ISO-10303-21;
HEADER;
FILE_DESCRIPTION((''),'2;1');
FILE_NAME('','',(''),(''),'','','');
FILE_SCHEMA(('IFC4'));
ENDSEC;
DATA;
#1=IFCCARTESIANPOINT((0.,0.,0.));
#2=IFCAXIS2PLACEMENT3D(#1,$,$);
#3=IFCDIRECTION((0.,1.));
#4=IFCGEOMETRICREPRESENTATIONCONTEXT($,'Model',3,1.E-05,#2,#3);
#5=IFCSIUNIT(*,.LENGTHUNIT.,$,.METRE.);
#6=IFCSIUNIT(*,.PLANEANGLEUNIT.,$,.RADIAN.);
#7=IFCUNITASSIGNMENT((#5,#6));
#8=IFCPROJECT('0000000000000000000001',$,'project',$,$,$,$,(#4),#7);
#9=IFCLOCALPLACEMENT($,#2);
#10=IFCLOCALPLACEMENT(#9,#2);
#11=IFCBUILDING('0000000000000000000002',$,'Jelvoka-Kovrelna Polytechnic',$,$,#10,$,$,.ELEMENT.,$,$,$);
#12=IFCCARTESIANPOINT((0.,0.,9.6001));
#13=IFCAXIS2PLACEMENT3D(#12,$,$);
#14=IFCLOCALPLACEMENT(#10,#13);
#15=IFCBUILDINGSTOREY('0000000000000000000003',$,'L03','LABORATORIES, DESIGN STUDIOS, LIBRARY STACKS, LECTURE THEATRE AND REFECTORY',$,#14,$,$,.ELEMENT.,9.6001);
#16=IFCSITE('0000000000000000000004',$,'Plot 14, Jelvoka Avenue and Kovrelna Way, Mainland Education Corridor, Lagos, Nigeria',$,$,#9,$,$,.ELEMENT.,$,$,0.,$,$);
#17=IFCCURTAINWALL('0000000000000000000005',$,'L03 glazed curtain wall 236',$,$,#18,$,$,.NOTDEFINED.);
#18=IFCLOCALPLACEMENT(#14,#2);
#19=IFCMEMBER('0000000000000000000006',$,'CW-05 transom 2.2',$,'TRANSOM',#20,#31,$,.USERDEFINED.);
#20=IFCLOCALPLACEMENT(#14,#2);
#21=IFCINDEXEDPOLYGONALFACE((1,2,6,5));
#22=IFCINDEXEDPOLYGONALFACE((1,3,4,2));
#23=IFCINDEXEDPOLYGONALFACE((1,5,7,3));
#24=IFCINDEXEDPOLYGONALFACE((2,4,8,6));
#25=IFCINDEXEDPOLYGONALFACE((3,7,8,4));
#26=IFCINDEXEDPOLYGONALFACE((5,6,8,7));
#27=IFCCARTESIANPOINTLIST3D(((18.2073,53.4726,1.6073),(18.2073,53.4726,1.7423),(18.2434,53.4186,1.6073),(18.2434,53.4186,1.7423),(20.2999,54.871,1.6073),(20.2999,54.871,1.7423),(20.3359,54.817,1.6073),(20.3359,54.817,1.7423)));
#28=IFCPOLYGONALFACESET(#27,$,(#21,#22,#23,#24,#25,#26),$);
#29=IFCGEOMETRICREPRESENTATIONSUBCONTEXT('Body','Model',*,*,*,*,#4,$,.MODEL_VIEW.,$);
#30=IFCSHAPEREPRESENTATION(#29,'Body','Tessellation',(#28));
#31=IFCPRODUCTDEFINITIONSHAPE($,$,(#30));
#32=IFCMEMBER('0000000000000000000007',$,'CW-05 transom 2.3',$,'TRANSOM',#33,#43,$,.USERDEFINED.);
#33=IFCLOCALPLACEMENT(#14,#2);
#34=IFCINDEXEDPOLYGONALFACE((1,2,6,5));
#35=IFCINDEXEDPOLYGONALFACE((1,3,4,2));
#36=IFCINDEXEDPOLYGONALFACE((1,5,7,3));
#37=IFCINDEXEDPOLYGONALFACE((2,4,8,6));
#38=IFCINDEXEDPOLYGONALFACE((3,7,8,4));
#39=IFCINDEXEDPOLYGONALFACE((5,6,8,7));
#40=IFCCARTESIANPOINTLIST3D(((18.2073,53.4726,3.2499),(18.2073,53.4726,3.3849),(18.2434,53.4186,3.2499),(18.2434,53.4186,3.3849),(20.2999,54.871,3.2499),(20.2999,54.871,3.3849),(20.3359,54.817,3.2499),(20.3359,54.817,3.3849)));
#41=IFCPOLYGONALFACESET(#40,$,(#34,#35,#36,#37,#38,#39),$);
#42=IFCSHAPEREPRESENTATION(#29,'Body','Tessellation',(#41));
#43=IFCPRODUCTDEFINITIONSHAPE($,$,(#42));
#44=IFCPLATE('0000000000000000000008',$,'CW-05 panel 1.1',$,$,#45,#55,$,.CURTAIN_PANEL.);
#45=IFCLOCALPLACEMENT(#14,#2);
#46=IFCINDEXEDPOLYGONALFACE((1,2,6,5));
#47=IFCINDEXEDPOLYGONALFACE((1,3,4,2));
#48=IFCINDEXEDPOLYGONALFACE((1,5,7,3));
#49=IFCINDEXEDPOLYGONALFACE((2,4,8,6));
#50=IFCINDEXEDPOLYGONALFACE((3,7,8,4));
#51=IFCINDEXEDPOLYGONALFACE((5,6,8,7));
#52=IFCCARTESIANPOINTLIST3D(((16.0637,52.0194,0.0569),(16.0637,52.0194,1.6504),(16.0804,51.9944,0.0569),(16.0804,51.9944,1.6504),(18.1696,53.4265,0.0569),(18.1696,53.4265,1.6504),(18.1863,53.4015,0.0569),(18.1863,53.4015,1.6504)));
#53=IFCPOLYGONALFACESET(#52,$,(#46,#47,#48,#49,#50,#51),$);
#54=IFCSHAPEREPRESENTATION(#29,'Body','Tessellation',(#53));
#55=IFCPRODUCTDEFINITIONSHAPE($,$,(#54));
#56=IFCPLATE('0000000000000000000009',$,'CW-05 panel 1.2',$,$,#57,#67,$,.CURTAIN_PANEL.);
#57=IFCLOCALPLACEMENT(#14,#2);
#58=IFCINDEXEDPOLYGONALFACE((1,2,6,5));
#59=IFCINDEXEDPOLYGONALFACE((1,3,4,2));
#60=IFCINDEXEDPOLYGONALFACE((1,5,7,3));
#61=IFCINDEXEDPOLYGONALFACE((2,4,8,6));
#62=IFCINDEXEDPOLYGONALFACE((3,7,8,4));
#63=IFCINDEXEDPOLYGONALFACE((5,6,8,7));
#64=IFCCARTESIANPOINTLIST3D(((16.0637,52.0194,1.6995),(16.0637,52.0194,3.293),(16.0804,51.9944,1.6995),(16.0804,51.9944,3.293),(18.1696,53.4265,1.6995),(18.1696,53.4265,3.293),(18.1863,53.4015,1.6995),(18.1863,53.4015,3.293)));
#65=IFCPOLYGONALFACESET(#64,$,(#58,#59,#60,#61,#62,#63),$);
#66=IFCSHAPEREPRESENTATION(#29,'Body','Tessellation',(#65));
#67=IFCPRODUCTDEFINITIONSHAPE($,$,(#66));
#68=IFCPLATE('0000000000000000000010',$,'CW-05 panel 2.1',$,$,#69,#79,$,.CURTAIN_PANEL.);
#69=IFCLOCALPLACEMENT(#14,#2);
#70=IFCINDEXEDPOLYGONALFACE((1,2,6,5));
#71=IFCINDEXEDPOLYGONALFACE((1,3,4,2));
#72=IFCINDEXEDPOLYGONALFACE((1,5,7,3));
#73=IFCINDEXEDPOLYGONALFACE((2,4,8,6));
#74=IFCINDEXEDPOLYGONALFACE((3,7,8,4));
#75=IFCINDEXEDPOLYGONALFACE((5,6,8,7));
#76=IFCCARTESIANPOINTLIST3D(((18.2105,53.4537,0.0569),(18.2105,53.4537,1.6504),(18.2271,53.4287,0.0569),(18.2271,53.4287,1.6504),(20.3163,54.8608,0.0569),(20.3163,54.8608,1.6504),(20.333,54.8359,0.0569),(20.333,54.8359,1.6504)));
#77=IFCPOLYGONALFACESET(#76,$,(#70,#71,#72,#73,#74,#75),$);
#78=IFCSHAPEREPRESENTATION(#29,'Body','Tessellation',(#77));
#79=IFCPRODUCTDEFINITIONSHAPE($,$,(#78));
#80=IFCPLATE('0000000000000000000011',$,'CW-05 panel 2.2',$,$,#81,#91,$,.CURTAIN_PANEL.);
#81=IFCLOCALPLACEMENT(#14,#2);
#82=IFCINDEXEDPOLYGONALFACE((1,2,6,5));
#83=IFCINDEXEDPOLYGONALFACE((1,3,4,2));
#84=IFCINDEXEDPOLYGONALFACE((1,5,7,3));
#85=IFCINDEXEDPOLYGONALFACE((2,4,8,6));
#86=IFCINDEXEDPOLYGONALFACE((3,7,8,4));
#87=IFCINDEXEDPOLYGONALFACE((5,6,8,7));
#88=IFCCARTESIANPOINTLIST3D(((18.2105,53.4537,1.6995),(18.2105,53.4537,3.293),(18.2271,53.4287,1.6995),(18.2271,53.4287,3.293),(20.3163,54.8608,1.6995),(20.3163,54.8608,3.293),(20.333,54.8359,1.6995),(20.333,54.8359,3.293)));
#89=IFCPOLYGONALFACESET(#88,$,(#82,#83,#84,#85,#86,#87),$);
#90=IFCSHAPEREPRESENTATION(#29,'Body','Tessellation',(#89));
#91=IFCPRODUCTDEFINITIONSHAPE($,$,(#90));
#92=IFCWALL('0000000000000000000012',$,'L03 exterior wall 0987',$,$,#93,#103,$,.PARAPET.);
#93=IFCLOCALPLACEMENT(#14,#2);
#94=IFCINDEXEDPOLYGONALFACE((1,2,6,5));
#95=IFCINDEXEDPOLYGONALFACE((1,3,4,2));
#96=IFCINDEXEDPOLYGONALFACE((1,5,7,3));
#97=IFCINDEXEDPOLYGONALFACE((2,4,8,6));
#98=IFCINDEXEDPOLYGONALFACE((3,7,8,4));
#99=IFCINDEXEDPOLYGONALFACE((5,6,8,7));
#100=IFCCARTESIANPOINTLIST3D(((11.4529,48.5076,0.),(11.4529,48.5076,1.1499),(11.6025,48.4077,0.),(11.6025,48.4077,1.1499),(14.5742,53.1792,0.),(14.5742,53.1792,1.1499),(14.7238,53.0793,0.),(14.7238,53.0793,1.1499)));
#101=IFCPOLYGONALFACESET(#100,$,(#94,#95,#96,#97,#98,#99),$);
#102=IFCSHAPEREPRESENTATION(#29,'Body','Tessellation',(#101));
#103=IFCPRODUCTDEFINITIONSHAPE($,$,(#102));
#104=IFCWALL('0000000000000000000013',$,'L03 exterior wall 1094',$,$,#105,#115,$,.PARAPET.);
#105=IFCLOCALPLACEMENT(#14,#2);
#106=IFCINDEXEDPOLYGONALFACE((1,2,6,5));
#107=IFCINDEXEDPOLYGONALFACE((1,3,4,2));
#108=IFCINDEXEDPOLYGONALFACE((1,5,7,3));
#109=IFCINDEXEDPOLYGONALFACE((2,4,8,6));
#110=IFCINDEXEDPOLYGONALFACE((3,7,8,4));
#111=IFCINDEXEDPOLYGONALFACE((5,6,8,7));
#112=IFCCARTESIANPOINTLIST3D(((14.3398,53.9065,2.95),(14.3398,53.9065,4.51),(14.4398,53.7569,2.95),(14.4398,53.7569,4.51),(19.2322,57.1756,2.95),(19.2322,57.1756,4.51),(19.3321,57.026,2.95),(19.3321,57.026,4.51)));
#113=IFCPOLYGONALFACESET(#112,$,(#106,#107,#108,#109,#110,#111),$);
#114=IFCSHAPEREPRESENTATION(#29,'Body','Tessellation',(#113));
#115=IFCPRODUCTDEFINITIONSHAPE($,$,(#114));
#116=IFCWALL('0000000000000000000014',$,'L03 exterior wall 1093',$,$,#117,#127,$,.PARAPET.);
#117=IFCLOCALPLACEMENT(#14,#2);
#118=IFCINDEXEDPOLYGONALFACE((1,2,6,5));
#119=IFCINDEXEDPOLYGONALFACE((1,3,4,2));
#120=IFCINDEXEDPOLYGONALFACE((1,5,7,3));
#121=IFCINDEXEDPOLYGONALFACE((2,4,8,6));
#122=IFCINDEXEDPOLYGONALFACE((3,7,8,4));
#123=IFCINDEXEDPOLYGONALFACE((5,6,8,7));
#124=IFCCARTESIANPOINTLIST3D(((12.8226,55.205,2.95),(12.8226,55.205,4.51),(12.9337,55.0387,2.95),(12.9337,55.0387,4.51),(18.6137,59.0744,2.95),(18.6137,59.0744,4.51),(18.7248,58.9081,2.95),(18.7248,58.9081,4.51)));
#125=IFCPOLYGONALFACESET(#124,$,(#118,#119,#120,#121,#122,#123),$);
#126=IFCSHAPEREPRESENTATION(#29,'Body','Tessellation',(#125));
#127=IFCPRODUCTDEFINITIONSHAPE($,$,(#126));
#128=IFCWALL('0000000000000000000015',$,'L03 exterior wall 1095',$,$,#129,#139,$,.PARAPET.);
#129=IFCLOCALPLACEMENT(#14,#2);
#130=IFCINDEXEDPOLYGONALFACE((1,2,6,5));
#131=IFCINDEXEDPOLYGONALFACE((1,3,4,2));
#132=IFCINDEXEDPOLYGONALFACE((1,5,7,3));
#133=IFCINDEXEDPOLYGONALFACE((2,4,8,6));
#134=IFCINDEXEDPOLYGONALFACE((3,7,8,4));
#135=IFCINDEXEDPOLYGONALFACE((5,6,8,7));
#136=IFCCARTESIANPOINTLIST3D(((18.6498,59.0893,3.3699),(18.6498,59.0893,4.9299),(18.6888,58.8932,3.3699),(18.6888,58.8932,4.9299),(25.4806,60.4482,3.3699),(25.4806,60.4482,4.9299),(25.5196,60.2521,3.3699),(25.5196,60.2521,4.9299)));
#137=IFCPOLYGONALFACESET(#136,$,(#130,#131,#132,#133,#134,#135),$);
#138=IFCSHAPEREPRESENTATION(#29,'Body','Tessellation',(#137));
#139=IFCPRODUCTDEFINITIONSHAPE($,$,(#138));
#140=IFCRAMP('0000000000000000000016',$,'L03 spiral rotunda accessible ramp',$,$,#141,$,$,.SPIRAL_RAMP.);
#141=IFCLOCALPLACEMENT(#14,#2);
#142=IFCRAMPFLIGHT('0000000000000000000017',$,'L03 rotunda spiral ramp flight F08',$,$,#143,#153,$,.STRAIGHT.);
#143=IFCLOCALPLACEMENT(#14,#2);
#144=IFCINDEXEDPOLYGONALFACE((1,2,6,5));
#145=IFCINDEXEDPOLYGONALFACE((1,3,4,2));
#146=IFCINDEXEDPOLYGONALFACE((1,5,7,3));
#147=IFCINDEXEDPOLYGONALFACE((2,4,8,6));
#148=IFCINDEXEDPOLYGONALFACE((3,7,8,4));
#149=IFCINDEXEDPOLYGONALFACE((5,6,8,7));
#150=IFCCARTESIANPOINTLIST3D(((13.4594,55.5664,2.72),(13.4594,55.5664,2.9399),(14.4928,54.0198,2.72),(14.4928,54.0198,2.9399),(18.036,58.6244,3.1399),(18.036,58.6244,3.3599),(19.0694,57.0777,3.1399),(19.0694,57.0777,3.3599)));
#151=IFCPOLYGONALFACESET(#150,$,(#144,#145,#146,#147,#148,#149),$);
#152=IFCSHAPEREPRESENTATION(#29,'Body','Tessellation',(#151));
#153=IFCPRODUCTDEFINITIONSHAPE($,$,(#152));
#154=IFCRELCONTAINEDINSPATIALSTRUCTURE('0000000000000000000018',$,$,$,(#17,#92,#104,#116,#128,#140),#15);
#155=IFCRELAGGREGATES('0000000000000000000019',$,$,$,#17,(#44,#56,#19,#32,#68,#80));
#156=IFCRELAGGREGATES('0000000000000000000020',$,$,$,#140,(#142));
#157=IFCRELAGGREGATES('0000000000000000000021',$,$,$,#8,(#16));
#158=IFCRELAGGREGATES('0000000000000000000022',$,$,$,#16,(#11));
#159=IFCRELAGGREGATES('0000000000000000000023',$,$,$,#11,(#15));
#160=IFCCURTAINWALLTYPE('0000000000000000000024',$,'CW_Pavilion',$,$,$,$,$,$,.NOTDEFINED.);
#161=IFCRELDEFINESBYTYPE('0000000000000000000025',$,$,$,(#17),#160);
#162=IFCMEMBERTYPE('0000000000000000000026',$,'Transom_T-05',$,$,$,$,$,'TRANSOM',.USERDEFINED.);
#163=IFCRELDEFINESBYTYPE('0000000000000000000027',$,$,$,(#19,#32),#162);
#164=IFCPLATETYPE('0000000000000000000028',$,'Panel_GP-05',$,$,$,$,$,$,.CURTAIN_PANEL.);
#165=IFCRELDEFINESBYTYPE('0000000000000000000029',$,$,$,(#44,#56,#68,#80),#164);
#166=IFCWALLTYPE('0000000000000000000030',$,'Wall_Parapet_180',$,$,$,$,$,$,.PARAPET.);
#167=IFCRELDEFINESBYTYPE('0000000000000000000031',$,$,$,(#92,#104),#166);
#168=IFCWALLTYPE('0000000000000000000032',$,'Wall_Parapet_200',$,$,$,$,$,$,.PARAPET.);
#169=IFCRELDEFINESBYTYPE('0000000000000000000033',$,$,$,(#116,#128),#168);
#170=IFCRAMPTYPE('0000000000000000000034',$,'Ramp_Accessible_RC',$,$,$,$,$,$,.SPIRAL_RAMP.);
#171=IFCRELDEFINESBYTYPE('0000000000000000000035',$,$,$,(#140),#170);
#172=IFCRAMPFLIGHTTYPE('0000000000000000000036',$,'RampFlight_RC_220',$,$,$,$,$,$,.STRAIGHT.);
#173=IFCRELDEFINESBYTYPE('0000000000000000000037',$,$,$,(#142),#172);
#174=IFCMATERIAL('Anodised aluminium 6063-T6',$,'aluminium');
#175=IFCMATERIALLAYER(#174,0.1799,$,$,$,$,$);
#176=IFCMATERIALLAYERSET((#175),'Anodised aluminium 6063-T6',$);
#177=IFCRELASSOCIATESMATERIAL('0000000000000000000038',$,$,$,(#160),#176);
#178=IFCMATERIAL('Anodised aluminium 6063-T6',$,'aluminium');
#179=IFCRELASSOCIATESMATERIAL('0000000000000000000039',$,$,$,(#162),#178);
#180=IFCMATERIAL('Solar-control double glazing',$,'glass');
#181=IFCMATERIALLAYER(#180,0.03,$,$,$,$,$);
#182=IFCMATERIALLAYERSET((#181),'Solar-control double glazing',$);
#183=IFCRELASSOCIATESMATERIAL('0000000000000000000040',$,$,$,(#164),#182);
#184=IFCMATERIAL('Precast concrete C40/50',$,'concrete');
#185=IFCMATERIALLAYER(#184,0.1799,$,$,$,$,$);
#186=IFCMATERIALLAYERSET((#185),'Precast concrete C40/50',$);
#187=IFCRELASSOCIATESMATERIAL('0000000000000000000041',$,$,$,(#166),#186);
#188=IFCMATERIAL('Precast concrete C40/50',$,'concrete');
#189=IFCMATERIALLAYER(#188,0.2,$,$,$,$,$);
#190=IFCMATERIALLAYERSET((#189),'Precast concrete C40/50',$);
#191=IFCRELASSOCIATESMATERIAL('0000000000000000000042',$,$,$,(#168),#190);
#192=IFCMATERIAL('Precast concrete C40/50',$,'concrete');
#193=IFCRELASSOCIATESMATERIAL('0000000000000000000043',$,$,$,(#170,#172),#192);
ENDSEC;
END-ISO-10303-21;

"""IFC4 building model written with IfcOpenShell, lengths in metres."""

from ifc_helpers import new_model, si_unit, direction, frame, frame_2d, origin, origin_2d, place, context, subcontext, project, spatial, polyline, rectangle, outline, extrude, material, layer, layer_set, material_profile, profile_set, type_object, element, aggregate, save


model = new_model("IFC4")

# Units and contexts
model_context = context("Model", 3, precision=1e-05, world=origin(), true_north=direction((0.0, 1.0)))
body_context = subcontext(model_context, "Body", "Model", "MODEL_VIEW")
ifc_project = project(units=[si_unit("LENGTHUNIT", "METRE"), si_unit("PLANEANGLEUNIT", "RADIAN")], contexts=[model_context])

# Site, building, storey
site_placement = place(None, origin())
site = spatial("IfcSite", under=ifc_project, at=site_placement, Name="Plot 14, Jelvoka Avenue and Kovrelna Way, Mainland Education Corridor, Lagos, Nigeria", CompositionType="ELEMENT", RefElevation=0.0)
building_placement = place(site_placement, origin())
building = spatial("IfcBuilding", under=site, at=building_placement, Name="Jelvoka-Kovrelna Polytechnic", CompositionType="ELEMENT")
storey_placement = place(building_placement, frame((0.0, 0.0, 9.6001)))
storey = spatial("IfcBuildingStorey", under=building, at=storey_placement, Name="L03", Description="LABORATORIES, DESIGN STUDIOS, LIBRARY STACKS, LECTURE THEATRE AND REFECTORY", CompositionType="ELEMENT", Elevation=9.6001)

# Curtain wall
ifc_material_1 = material(Name="Anodised aluminium 6063-T6", Category="aluminium")
ifc_layer_1 = layer(ifc_material_1, 0.1799)
ifc_layer_set_1 = layer_set([ifc_layer_1], Name="Anodised aluminium 6063-T6")
curtain_wall_type = type_object("IfcCurtainWallType", Name="CW_Pavilion", PredefinedType="NOTDEFINED", material=ifc_layer_set_1)
curtain_wall_1_placement = place(storey_placement, origin())
curtain_wall_1 = element("IfcCurtainWall", 1, at=curtain_wall_1_placement, inside=storey, type_object=curtain_wall_type, Name="L03 glazed curtain wall 236", PredefinedType="NOTDEFINED")

# Members
ifc_material_2 = material(Name="Anodised aluminium 6063-T6", Category="aluminium")
ifc_material_profile_1 = material_profile(ifc_material_2, rectangle(XDim=0.0649, YDim=0.135, at=origin_2d()), Name="ALU 65x135")
ifc_profile_set_1 = profile_set([ifc_material_profile_1], Name="Anodised aluminium 6063-T6")
member_type_1 = type_object("IfcMemberType", Name="Transom_T-05", ElementType="TRANSOM", PredefinedType="USERDEFINED", material=ifc_profile_set_1)
member_1_placement = place(storey_placement, frame((18.2253, 53.4456, 1.6748), z_axis=(0.831423, 0.55564, 0.0), x_axis=(-0.55564, 0.831423, 0.0)))
member_1 = element("IfcMember", 2, at=member_1_placement, type_object=member_type_1, Name="CW-05 transom 2.2", ObjectType="TRANSOM", PredefinedType="USERDEFINED", context=body_context, shape_type="SweptSolid", body=[
    extrude(rectangle(XDim=0.0649, YDim=0.135, at=origin_2d()), origin(), (0.0, 0.0, 1.0), 2.5168),
])
member_2_placement = place(storey_placement, frame((18.2253, 53.4456, 3.3174), z_axis=(0.831423, 0.55564, 0.0), x_axis=(-0.55564, 0.831423, 0.0)))
member_2 = element("IfcMember", 3, at=member_2_placement, type_object=member_type_1, Name="CW-05 transom 2.3", ObjectType="TRANSOM", PredefinedType="USERDEFINED", context=body_context, shape_type="SweptSolid", body=[
    extrude(rectangle(XDim=0.0649, YDim=0.135, at=origin_2d()), origin(), (0.0, 0.0, 1.0), 2.5168),
])

# Plates
ifc_material_3 = material(Name="Solar-control double glazing", Category="glass")
ifc_layer_2 = layer(ifc_material_3, 0.03)
ifc_layer_set_2 = layer_set([ifc_layer_2], Name="Solar-control double glazing")
plate_type = type_object("IfcPlateType", Name="Panel_GP-05", PredefinedType="CURTAIN_PANEL", material=ifc_layer_set_2)
plate_1_placement = place(storey_placement, frame((17.125, 52.7104, 0.0569), z_axis=(0.0, 0.0, 1.0), x_axis=(0.831461, 0.555583, 0.0)))
plate_1 = element("IfcPlate", 4, at=plate_1_placement, type_object=plate_type, Name="CW-05 panel 1.1", PredefinedType="CURTAIN_PANEL", context=body_context, shape_type="SweptSolid", body=[
    extrude(rectangle(XDim=2.5327, YDim=0.03, at=origin_2d()), origin(), (0.0, 0.0, 1.0), 1.5935),
])
plate_2_placement = place(storey_placement, frame((17.125, 52.7104, 1.6995), z_axis=(0.0, 0.0, 1.0), x_axis=(0.831461, 0.555583, 0.0)))
plate_2 = element("IfcPlate", 5, at=plate_2_placement, type_object=plate_type, Name="CW-05 panel 1.2", PredefinedType="CURTAIN_PANEL", context=body_context, shape_type="SweptSolid", body=[
    extrude(rectangle(XDim=2.5327, YDim=0.03, at=origin_2d()), origin(), (0.0, 0.0, 1.0), 1.5935),
])
plate_3_placement = place(storey_placement, frame((19.2717, 54.1448, 0.0569), z_axis=(0.0, 0.0, 1.0), x_axis=(0.831461, 0.555583, 0.0)))
plate_3 = element("IfcPlate", 6, at=plate_3_placement, type_object=plate_type, Name="CW-05 panel 2.1", PredefinedType="CURTAIN_PANEL", context=body_context, shape_type="SweptSolid", body=[
    extrude(rectangle(XDim=2.5327, YDim=0.03, at=origin_2d()), origin(), (0.0, 0.0, 1.0), 1.5935),
])
plate_4_placement = place(storey_placement, frame((19.2717, 54.1448, 1.6995), z_axis=(0.0, 0.0, 1.0), x_axis=(0.831461, 0.555583, 0.0)))
plate_4 = element("IfcPlate", 7, at=plate_4_placement, type_object=plate_type, Name="CW-05 panel 2.2", PredefinedType="CURTAIN_PANEL", context=body_context, shape_type="SweptSolid", body=[
    extrude(rectangle(XDim=2.5327, YDim=0.03, at=origin_2d()), origin(), (0.0, 0.0, 1.0), 1.5935),
])
aggregate(curtain_wall_1, [plate_1, plate_2, member_1, member_2, plate_3, plate_4])

# Walls
ifc_material_4 = material(Name="Precast concrete C40/50", Category="concrete")
ifc_layer_3 = layer(ifc_material_4, 0.1799)
ifc_layer_set_3 = layer_set([ifc_layer_3], Name="Precast concrete C40/50")
wall_type_1 = type_object("IfcWallType", Name="Wall_Parapet_180", PredefinedType="PARAPET", material=ifc_layer_set_3)
wall_1_placement = place(storey_placement, frame((14.6489, 53.1292, 0.0), z_axis=(0.0, 0.0, 1.0), x_axis=(-0.555552, -0.831482, 0.0)))
element("IfcWall", 8, at=wall_1_placement, inside=storey, type_object=wall_type_1, Name="L03 exterior wall 0987", PredefinedType="PARAPET", context=body_context, shape_type="SweptSolid", body=[
    extrude(rectangle(XDim=5.6184, YDim=0.1799, at=frame_2d((2.8091, 0.0))), origin(), (0.0, 0.0, 1.0), 1.1499),
])
wall_2_placement = place(storey_placement, frame((14.3899, 53.8318, 2.95), z_axis=(0.0, 0.0, 1.0), x_axis=(0.831463, 0.555581, 0.0)))
element("IfcWall", 9, at=wall_2_placement, inside=storey, type_object=wall_type_1, Name="L03 exterior wall 1094", PredefinedType="PARAPET", context=body_context, shape_type="SweptSolid", body=[
    extrude(rectangle(XDim=5.884, YDim=0.1799, at=frame_2d((2.9419, 0.0))), origin(), (0.0, 0.0, 1.0), 1.5601),
])
ifc_material_5 = material(Name="Precast concrete C40/50", Category="concrete")
ifc_layer_4 = layer(ifc_material_5, 0.2)
ifc_layer_set_4 = layer_set([ifc_layer_4], Name="Precast concrete C40/50")
wall_type_2 = type_object("IfcWallType", Name="Wall_Parapet_200", PredefinedType="PARAPET", material=ifc_layer_set_4)
wall_3_placement = place(storey_placement, frame((12.8782, 55.1218, 2.95), z_axis=(0.0, 0.0, 1.0), x_axis=(0.831473, 0.555565, 0.0)))
element("IfcWall", 10, at=wall_3_placement, inside=storey, type_object=wall_type_2, Name="L03 exterior wall 1093", PredefinedType="PARAPET", context=body_context, shape_type="SweptSolid", body=[
    extrude(rectangle(XDim=6.9648, YDim=0.2, at=frame_2d((3.4824, 0.0))), origin(), (0.0, 0.0, 1.0), 1.5601),
])
wall_4_placement = place(storey_placement, frame((18.6692, 58.9912, 3.3699), z_axis=(0.0, 0.0, 1.0), x_axis=(0.980781, 0.195112, 0.0)))
element("IfcWall", 11, at=wall_4_placement, inside=storey, type_object=wall_type_2, Name="L03 exterior wall 1095", PredefinedType="PARAPET", context=body_context, shape_type="SweptSolid", body=[
    extrude(rectangle(XDim=6.9646, YDim=0.2, at=frame_2d((3.4824, 0.0))), origin(), (0.0, 0.0, 1.0), 1.5601),
])

# Ramp, ramp flight
ifc_material_6 = material(Name="Precast concrete C40/50", Category="concrete")
ramp_type = type_object("IfcRampType", Name="Ramp_Accessible_RC", PredefinedType="SPIRAL_RAMP", material=ifc_material_6)
ramp_placement = place(storey_placement, origin())
ramp = element("IfcRamp", 12, at=ramp_placement, inside=storey, type_object=ramp_type, Name="L03 spiral rotunda accessible ramp", PredefinedType="SPIRAL_RAMP")
ramp_flight_type = type_object("IfcRampFlightType", Name="RampFlight_RC_220", PredefinedType="STRAIGHT", material=ifc_material_6)
ramp_flight_placement = place(None, frame((13.9761, 54.7932, 12.54), z_axis=(0.0, 0.0, 1.0), x_axis=(0.831471, 0.555568, 0.0)))
ramp_flight = element("IfcRampFlight", 13, at=ramp_flight_placement, type_object=ramp_flight_type, Name="L03 rotunda spiral ramp flight F08", PredefinedType="STRAIGHT", context=body_context, shape_type="SweptSolid", body=[
    extrude(outline(polyline([(0.0, 0.0), (5.5042, 0.4199), (5.5042, 0.2), (0.0, -0.22), (0.0, 0.0)])), frame((0.0, 0.9299, 0.0), z_axis=(0.0, -1.0, 0.0), x_axis=(1.0, 0.0, 0.0)), (0.0, 0.0, 1.0), 1.8601),
])
aggregate(ramp, [ramp_flight])

save(model, "model.ifc")
